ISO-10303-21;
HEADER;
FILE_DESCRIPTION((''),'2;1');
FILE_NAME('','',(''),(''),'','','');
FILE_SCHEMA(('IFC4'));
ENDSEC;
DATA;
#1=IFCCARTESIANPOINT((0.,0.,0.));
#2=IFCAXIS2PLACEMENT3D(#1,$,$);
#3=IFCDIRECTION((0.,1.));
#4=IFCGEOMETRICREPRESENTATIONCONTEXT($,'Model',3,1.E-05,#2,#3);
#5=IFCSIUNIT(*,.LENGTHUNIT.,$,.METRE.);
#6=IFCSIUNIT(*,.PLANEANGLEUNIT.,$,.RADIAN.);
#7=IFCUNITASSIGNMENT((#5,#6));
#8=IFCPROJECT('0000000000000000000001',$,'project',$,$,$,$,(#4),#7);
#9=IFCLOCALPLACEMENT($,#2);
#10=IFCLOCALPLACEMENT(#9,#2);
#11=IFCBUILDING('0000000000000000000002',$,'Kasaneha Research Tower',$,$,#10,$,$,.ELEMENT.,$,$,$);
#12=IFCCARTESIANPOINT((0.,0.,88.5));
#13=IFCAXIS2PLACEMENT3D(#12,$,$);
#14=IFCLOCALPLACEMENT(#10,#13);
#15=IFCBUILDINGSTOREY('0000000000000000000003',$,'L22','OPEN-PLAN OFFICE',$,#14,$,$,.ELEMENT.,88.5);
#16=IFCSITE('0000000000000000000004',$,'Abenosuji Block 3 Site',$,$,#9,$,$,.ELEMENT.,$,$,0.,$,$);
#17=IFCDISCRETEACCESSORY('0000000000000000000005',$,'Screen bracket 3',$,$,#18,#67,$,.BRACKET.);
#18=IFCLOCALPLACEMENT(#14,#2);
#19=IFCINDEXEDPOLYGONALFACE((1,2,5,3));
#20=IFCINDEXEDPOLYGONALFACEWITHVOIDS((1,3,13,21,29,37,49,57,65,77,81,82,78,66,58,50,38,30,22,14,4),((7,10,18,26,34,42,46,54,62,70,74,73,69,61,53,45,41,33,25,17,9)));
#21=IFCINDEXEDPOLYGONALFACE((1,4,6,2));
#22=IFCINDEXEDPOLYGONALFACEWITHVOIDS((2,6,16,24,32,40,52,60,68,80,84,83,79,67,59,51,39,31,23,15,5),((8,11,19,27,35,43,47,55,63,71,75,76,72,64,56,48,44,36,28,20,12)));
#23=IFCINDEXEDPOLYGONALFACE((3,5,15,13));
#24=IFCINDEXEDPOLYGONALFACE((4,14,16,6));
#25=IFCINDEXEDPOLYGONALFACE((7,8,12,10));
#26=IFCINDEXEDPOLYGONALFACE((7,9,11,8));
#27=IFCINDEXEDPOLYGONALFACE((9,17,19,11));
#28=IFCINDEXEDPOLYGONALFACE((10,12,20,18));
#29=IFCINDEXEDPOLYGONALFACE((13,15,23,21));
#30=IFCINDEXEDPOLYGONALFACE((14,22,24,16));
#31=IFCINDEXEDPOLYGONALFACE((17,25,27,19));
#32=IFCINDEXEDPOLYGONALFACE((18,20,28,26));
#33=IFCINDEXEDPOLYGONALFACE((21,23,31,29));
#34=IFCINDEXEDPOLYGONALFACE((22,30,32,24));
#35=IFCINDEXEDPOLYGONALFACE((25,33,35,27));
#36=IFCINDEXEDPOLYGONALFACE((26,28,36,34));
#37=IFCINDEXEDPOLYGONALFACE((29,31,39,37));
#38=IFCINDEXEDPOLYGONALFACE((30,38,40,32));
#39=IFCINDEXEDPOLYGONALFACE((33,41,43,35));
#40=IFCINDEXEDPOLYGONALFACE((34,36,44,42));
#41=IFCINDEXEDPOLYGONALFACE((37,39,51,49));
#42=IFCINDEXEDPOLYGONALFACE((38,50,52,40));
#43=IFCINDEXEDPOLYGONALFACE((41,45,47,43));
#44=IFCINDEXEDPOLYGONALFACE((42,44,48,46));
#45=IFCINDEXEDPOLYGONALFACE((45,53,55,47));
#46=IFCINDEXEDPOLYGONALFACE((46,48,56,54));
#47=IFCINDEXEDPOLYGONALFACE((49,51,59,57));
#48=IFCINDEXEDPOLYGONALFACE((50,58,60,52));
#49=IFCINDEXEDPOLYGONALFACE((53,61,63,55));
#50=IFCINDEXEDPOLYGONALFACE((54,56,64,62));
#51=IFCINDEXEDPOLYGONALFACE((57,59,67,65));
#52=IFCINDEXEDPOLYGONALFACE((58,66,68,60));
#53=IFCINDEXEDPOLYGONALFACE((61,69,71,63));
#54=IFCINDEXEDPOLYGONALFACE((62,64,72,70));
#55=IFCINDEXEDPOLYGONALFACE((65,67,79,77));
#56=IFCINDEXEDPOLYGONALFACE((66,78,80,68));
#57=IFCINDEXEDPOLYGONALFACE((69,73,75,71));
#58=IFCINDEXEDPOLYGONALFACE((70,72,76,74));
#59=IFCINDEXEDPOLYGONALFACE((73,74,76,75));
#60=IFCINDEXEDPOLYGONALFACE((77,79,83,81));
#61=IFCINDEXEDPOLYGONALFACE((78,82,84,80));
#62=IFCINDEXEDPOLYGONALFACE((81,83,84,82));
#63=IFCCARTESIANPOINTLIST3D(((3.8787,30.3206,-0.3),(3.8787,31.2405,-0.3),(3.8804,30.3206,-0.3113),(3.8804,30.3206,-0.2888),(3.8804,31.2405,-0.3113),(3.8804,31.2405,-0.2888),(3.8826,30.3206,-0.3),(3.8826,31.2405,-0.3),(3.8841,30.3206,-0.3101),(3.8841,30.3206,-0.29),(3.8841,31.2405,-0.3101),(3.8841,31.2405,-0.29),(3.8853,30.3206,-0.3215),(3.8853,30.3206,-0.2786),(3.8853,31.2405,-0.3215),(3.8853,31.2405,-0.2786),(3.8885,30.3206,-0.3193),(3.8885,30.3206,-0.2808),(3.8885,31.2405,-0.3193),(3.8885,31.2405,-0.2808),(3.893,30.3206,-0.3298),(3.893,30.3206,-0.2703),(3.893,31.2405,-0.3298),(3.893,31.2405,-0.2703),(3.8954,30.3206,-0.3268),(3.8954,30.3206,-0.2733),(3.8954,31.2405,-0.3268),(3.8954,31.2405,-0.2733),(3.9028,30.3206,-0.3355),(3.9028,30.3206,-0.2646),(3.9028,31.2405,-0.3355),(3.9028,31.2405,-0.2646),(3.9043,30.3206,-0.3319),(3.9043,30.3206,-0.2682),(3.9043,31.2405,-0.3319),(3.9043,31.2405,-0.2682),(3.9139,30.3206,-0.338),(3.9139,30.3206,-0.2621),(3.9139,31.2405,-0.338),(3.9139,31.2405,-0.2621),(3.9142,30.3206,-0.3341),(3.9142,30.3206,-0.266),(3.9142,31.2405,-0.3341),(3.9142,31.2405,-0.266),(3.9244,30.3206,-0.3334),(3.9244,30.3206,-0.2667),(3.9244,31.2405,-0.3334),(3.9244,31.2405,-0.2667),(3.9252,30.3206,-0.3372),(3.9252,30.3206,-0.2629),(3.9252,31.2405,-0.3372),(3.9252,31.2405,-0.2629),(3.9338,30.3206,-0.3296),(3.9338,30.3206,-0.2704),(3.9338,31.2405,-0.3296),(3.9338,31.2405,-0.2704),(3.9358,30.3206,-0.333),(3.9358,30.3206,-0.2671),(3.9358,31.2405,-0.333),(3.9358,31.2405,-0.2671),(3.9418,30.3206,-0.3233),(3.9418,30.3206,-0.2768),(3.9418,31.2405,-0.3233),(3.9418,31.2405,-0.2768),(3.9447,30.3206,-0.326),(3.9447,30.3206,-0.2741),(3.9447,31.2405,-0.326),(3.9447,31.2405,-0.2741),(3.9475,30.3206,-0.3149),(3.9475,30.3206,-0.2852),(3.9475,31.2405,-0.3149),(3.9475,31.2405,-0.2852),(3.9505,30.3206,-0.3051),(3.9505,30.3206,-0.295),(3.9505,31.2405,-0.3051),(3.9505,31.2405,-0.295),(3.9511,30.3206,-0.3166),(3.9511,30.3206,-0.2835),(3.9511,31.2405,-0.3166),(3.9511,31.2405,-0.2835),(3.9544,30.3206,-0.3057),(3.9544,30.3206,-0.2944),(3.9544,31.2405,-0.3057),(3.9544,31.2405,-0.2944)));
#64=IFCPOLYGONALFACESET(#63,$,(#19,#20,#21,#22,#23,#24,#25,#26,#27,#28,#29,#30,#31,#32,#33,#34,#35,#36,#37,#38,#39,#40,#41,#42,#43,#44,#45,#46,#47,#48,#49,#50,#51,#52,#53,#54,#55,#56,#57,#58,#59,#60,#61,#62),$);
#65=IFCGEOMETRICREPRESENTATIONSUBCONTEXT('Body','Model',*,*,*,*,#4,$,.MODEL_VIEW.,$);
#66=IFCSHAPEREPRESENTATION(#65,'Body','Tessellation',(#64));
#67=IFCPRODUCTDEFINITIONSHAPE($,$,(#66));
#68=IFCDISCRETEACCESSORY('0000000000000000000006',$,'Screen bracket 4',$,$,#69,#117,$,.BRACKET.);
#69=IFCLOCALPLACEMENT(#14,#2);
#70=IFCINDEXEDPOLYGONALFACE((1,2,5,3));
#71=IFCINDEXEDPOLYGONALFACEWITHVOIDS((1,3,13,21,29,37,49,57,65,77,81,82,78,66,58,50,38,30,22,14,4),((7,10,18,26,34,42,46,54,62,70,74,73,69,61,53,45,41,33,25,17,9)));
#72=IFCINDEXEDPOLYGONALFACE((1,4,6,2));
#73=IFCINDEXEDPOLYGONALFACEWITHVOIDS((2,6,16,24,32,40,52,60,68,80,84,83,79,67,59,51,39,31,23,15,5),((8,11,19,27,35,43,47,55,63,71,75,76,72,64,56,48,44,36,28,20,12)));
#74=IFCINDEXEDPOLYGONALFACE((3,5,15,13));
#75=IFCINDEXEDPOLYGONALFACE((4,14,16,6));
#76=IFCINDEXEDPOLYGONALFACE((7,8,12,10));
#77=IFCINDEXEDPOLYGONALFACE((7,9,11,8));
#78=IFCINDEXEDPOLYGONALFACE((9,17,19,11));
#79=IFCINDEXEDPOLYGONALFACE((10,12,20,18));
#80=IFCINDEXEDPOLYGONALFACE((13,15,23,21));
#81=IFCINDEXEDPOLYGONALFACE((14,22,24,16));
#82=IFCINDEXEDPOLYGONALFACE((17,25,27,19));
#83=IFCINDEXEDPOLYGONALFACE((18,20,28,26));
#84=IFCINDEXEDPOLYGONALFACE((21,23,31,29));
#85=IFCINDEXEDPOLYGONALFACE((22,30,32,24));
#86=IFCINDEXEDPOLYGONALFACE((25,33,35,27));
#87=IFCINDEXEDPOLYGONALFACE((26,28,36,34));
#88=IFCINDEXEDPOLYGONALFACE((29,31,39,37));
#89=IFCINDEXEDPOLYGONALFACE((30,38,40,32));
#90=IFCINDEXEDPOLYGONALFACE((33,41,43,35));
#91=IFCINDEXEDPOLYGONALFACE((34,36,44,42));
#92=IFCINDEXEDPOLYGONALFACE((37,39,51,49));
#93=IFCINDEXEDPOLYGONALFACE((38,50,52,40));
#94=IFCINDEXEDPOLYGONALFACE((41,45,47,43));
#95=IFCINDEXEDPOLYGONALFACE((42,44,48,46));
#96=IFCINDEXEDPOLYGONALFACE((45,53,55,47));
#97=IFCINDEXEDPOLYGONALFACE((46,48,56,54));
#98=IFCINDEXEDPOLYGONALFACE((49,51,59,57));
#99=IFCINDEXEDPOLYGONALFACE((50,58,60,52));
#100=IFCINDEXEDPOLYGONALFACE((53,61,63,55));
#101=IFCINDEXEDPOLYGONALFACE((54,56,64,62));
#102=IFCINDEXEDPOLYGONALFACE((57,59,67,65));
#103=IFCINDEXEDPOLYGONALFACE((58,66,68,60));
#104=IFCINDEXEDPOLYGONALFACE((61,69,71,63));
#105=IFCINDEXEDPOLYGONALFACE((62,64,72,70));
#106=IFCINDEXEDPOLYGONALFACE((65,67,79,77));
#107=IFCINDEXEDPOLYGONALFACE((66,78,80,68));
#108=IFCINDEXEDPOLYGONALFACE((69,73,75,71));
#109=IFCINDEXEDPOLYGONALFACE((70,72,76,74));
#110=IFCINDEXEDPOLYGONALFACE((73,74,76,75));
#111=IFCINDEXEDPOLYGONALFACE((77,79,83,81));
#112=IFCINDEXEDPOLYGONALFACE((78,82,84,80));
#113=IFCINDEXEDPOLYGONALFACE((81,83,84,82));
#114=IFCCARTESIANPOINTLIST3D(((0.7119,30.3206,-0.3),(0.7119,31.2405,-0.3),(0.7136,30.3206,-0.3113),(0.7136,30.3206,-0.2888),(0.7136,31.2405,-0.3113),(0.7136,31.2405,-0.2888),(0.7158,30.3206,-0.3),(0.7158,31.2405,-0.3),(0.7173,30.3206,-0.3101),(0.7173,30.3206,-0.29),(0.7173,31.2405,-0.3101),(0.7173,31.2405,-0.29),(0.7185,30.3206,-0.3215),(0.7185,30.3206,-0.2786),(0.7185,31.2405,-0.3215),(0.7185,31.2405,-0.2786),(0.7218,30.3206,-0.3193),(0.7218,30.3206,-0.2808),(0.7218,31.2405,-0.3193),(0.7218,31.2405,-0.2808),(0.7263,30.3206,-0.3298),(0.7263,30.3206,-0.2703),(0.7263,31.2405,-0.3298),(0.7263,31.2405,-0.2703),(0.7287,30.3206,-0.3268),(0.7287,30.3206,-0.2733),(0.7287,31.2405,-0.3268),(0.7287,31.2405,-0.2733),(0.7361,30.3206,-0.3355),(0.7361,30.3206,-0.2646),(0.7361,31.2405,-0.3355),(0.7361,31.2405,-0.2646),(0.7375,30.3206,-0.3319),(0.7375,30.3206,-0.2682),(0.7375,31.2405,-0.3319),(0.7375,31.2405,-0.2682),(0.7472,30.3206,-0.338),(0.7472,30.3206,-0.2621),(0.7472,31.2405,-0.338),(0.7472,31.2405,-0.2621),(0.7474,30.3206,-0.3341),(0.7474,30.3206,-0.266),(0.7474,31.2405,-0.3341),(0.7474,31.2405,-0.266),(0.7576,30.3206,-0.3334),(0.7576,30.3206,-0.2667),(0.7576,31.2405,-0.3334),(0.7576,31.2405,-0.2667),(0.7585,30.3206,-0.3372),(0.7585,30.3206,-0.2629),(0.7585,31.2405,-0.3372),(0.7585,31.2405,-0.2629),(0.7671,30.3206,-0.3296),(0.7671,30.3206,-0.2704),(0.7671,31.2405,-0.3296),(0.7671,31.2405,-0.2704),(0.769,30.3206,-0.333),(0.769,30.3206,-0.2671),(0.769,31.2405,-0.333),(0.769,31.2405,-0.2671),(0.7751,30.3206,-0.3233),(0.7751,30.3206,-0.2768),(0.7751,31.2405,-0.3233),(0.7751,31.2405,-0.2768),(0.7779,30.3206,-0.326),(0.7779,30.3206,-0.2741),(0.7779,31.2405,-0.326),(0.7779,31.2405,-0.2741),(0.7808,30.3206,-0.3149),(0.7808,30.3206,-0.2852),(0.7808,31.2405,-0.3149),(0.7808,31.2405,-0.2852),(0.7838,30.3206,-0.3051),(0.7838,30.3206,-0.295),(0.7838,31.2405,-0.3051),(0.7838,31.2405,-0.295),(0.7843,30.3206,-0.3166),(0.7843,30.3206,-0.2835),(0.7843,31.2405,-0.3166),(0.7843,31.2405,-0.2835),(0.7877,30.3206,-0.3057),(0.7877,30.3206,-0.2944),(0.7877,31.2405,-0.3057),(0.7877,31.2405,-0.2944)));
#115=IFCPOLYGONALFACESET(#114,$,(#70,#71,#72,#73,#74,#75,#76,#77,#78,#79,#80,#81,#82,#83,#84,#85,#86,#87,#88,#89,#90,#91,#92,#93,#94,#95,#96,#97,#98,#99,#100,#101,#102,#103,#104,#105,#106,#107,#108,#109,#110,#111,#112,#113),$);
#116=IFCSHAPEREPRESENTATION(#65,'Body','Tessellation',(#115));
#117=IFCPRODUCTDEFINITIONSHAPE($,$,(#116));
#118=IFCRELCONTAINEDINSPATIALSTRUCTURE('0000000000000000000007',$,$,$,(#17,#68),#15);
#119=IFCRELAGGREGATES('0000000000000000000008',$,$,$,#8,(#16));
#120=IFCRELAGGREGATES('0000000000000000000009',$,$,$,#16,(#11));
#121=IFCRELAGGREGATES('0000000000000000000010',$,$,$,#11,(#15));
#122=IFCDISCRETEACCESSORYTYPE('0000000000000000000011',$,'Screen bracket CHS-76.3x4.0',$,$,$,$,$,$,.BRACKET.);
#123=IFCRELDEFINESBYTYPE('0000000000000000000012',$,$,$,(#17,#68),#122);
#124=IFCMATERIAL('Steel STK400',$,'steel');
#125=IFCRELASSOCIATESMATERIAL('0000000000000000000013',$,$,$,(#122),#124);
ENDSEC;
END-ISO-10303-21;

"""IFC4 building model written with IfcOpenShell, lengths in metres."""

from ifc_helpers import new_model, si_unit, direction, frame, origin, origin_2d, place, context, subcontext, project, spatial, hollow_circle, extrude, material, material_profile, profile_set, type_object, element, save


model = new_model("IFC4")

# Units and contexts
model_context = context("Model", 3, precision=1e-05, world=origin(), true_north=direction((0.0, 1.0)))
body_context = subcontext(model_context, "Body", "Model", "MODEL_VIEW")
ifc_project = project(units=[si_unit("LENGTHUNIT", "METRE"), si_unit("PLANEANGLEUNIT", "RADIAN")], contexts=[model_context])

# Site, building, storey
site_placement = place(None, origin())
site = spatial("IfcSite", under=ifc_project, at=site_placement, Name="Abenosuji Block 3 Site", CompositionType="ELEMENT", RefElevation=0.0)
building_placement = place(site_placement, origin())
building = spatial("IfcBuilding", under=site, at=building_placement, Name="Kasaneha Research Tower", CompositionType="ELEMENT")
storey_placement = place(building_placement, frame((0.0, 0.0, 88.5)))
storey = spatial("IfcBuildingStorey", under=building, at=storey_placement, Name="L22", Description="OPEN-PLAN OFFICE", CompositionType="ELEMENT", Elevation=88.5)

# Discrete accessories
ifc_material_1 = material(Name="Steel STK400", Category="steel")
ifc_material_profile_1 = material_profile(ifc_material_1, hollow_circle(Radius=0.0381, WallThickness=0.0039, at=origin_2d()), Name="CHS-76.3x4.0")
ifc_profile_set_1 = profile_set([ifc_material_profile_1], Name="Steel STK400")
discrete_accessory_type = type_object("IfcDiscreteAccessoryType", Name="Screen bracket CHS-76.3x4.0", PredefinedType="BRACKET", material=ifc_profile_set_1)
for number, where, z_axis, x_axis, name in (
    (1, (3.9167, 30.3206, -0.3), (0.0, 1.0, 0.0), (-1.0, 0.0, 0.0), "Screen bracket 3"),
    (2, (0.75, 30.3206, -0.3), (0.0, 1.0, 0.0), (-1.0, 0.0, 0.0), "Screen bracket 4"),
):
    element("IfcDiscreteAccessory", number, at=place(storey_placement, frame(where, z_axis=z_axis, x_axis=x_axis)), inside=storey, type_object=discrete_accessory_type, Name=name, PredefinedType="BRACKET", context=body_context, shape_type="SweptSolid", body=[
        extrude(hollow_circle(Radius=0.0381, WallThickness=0.0039, at=origin_2d()), origin(), (0.0, 0.0, 1.0), 0.9199),
    ])

save(model, "model.ifc")
